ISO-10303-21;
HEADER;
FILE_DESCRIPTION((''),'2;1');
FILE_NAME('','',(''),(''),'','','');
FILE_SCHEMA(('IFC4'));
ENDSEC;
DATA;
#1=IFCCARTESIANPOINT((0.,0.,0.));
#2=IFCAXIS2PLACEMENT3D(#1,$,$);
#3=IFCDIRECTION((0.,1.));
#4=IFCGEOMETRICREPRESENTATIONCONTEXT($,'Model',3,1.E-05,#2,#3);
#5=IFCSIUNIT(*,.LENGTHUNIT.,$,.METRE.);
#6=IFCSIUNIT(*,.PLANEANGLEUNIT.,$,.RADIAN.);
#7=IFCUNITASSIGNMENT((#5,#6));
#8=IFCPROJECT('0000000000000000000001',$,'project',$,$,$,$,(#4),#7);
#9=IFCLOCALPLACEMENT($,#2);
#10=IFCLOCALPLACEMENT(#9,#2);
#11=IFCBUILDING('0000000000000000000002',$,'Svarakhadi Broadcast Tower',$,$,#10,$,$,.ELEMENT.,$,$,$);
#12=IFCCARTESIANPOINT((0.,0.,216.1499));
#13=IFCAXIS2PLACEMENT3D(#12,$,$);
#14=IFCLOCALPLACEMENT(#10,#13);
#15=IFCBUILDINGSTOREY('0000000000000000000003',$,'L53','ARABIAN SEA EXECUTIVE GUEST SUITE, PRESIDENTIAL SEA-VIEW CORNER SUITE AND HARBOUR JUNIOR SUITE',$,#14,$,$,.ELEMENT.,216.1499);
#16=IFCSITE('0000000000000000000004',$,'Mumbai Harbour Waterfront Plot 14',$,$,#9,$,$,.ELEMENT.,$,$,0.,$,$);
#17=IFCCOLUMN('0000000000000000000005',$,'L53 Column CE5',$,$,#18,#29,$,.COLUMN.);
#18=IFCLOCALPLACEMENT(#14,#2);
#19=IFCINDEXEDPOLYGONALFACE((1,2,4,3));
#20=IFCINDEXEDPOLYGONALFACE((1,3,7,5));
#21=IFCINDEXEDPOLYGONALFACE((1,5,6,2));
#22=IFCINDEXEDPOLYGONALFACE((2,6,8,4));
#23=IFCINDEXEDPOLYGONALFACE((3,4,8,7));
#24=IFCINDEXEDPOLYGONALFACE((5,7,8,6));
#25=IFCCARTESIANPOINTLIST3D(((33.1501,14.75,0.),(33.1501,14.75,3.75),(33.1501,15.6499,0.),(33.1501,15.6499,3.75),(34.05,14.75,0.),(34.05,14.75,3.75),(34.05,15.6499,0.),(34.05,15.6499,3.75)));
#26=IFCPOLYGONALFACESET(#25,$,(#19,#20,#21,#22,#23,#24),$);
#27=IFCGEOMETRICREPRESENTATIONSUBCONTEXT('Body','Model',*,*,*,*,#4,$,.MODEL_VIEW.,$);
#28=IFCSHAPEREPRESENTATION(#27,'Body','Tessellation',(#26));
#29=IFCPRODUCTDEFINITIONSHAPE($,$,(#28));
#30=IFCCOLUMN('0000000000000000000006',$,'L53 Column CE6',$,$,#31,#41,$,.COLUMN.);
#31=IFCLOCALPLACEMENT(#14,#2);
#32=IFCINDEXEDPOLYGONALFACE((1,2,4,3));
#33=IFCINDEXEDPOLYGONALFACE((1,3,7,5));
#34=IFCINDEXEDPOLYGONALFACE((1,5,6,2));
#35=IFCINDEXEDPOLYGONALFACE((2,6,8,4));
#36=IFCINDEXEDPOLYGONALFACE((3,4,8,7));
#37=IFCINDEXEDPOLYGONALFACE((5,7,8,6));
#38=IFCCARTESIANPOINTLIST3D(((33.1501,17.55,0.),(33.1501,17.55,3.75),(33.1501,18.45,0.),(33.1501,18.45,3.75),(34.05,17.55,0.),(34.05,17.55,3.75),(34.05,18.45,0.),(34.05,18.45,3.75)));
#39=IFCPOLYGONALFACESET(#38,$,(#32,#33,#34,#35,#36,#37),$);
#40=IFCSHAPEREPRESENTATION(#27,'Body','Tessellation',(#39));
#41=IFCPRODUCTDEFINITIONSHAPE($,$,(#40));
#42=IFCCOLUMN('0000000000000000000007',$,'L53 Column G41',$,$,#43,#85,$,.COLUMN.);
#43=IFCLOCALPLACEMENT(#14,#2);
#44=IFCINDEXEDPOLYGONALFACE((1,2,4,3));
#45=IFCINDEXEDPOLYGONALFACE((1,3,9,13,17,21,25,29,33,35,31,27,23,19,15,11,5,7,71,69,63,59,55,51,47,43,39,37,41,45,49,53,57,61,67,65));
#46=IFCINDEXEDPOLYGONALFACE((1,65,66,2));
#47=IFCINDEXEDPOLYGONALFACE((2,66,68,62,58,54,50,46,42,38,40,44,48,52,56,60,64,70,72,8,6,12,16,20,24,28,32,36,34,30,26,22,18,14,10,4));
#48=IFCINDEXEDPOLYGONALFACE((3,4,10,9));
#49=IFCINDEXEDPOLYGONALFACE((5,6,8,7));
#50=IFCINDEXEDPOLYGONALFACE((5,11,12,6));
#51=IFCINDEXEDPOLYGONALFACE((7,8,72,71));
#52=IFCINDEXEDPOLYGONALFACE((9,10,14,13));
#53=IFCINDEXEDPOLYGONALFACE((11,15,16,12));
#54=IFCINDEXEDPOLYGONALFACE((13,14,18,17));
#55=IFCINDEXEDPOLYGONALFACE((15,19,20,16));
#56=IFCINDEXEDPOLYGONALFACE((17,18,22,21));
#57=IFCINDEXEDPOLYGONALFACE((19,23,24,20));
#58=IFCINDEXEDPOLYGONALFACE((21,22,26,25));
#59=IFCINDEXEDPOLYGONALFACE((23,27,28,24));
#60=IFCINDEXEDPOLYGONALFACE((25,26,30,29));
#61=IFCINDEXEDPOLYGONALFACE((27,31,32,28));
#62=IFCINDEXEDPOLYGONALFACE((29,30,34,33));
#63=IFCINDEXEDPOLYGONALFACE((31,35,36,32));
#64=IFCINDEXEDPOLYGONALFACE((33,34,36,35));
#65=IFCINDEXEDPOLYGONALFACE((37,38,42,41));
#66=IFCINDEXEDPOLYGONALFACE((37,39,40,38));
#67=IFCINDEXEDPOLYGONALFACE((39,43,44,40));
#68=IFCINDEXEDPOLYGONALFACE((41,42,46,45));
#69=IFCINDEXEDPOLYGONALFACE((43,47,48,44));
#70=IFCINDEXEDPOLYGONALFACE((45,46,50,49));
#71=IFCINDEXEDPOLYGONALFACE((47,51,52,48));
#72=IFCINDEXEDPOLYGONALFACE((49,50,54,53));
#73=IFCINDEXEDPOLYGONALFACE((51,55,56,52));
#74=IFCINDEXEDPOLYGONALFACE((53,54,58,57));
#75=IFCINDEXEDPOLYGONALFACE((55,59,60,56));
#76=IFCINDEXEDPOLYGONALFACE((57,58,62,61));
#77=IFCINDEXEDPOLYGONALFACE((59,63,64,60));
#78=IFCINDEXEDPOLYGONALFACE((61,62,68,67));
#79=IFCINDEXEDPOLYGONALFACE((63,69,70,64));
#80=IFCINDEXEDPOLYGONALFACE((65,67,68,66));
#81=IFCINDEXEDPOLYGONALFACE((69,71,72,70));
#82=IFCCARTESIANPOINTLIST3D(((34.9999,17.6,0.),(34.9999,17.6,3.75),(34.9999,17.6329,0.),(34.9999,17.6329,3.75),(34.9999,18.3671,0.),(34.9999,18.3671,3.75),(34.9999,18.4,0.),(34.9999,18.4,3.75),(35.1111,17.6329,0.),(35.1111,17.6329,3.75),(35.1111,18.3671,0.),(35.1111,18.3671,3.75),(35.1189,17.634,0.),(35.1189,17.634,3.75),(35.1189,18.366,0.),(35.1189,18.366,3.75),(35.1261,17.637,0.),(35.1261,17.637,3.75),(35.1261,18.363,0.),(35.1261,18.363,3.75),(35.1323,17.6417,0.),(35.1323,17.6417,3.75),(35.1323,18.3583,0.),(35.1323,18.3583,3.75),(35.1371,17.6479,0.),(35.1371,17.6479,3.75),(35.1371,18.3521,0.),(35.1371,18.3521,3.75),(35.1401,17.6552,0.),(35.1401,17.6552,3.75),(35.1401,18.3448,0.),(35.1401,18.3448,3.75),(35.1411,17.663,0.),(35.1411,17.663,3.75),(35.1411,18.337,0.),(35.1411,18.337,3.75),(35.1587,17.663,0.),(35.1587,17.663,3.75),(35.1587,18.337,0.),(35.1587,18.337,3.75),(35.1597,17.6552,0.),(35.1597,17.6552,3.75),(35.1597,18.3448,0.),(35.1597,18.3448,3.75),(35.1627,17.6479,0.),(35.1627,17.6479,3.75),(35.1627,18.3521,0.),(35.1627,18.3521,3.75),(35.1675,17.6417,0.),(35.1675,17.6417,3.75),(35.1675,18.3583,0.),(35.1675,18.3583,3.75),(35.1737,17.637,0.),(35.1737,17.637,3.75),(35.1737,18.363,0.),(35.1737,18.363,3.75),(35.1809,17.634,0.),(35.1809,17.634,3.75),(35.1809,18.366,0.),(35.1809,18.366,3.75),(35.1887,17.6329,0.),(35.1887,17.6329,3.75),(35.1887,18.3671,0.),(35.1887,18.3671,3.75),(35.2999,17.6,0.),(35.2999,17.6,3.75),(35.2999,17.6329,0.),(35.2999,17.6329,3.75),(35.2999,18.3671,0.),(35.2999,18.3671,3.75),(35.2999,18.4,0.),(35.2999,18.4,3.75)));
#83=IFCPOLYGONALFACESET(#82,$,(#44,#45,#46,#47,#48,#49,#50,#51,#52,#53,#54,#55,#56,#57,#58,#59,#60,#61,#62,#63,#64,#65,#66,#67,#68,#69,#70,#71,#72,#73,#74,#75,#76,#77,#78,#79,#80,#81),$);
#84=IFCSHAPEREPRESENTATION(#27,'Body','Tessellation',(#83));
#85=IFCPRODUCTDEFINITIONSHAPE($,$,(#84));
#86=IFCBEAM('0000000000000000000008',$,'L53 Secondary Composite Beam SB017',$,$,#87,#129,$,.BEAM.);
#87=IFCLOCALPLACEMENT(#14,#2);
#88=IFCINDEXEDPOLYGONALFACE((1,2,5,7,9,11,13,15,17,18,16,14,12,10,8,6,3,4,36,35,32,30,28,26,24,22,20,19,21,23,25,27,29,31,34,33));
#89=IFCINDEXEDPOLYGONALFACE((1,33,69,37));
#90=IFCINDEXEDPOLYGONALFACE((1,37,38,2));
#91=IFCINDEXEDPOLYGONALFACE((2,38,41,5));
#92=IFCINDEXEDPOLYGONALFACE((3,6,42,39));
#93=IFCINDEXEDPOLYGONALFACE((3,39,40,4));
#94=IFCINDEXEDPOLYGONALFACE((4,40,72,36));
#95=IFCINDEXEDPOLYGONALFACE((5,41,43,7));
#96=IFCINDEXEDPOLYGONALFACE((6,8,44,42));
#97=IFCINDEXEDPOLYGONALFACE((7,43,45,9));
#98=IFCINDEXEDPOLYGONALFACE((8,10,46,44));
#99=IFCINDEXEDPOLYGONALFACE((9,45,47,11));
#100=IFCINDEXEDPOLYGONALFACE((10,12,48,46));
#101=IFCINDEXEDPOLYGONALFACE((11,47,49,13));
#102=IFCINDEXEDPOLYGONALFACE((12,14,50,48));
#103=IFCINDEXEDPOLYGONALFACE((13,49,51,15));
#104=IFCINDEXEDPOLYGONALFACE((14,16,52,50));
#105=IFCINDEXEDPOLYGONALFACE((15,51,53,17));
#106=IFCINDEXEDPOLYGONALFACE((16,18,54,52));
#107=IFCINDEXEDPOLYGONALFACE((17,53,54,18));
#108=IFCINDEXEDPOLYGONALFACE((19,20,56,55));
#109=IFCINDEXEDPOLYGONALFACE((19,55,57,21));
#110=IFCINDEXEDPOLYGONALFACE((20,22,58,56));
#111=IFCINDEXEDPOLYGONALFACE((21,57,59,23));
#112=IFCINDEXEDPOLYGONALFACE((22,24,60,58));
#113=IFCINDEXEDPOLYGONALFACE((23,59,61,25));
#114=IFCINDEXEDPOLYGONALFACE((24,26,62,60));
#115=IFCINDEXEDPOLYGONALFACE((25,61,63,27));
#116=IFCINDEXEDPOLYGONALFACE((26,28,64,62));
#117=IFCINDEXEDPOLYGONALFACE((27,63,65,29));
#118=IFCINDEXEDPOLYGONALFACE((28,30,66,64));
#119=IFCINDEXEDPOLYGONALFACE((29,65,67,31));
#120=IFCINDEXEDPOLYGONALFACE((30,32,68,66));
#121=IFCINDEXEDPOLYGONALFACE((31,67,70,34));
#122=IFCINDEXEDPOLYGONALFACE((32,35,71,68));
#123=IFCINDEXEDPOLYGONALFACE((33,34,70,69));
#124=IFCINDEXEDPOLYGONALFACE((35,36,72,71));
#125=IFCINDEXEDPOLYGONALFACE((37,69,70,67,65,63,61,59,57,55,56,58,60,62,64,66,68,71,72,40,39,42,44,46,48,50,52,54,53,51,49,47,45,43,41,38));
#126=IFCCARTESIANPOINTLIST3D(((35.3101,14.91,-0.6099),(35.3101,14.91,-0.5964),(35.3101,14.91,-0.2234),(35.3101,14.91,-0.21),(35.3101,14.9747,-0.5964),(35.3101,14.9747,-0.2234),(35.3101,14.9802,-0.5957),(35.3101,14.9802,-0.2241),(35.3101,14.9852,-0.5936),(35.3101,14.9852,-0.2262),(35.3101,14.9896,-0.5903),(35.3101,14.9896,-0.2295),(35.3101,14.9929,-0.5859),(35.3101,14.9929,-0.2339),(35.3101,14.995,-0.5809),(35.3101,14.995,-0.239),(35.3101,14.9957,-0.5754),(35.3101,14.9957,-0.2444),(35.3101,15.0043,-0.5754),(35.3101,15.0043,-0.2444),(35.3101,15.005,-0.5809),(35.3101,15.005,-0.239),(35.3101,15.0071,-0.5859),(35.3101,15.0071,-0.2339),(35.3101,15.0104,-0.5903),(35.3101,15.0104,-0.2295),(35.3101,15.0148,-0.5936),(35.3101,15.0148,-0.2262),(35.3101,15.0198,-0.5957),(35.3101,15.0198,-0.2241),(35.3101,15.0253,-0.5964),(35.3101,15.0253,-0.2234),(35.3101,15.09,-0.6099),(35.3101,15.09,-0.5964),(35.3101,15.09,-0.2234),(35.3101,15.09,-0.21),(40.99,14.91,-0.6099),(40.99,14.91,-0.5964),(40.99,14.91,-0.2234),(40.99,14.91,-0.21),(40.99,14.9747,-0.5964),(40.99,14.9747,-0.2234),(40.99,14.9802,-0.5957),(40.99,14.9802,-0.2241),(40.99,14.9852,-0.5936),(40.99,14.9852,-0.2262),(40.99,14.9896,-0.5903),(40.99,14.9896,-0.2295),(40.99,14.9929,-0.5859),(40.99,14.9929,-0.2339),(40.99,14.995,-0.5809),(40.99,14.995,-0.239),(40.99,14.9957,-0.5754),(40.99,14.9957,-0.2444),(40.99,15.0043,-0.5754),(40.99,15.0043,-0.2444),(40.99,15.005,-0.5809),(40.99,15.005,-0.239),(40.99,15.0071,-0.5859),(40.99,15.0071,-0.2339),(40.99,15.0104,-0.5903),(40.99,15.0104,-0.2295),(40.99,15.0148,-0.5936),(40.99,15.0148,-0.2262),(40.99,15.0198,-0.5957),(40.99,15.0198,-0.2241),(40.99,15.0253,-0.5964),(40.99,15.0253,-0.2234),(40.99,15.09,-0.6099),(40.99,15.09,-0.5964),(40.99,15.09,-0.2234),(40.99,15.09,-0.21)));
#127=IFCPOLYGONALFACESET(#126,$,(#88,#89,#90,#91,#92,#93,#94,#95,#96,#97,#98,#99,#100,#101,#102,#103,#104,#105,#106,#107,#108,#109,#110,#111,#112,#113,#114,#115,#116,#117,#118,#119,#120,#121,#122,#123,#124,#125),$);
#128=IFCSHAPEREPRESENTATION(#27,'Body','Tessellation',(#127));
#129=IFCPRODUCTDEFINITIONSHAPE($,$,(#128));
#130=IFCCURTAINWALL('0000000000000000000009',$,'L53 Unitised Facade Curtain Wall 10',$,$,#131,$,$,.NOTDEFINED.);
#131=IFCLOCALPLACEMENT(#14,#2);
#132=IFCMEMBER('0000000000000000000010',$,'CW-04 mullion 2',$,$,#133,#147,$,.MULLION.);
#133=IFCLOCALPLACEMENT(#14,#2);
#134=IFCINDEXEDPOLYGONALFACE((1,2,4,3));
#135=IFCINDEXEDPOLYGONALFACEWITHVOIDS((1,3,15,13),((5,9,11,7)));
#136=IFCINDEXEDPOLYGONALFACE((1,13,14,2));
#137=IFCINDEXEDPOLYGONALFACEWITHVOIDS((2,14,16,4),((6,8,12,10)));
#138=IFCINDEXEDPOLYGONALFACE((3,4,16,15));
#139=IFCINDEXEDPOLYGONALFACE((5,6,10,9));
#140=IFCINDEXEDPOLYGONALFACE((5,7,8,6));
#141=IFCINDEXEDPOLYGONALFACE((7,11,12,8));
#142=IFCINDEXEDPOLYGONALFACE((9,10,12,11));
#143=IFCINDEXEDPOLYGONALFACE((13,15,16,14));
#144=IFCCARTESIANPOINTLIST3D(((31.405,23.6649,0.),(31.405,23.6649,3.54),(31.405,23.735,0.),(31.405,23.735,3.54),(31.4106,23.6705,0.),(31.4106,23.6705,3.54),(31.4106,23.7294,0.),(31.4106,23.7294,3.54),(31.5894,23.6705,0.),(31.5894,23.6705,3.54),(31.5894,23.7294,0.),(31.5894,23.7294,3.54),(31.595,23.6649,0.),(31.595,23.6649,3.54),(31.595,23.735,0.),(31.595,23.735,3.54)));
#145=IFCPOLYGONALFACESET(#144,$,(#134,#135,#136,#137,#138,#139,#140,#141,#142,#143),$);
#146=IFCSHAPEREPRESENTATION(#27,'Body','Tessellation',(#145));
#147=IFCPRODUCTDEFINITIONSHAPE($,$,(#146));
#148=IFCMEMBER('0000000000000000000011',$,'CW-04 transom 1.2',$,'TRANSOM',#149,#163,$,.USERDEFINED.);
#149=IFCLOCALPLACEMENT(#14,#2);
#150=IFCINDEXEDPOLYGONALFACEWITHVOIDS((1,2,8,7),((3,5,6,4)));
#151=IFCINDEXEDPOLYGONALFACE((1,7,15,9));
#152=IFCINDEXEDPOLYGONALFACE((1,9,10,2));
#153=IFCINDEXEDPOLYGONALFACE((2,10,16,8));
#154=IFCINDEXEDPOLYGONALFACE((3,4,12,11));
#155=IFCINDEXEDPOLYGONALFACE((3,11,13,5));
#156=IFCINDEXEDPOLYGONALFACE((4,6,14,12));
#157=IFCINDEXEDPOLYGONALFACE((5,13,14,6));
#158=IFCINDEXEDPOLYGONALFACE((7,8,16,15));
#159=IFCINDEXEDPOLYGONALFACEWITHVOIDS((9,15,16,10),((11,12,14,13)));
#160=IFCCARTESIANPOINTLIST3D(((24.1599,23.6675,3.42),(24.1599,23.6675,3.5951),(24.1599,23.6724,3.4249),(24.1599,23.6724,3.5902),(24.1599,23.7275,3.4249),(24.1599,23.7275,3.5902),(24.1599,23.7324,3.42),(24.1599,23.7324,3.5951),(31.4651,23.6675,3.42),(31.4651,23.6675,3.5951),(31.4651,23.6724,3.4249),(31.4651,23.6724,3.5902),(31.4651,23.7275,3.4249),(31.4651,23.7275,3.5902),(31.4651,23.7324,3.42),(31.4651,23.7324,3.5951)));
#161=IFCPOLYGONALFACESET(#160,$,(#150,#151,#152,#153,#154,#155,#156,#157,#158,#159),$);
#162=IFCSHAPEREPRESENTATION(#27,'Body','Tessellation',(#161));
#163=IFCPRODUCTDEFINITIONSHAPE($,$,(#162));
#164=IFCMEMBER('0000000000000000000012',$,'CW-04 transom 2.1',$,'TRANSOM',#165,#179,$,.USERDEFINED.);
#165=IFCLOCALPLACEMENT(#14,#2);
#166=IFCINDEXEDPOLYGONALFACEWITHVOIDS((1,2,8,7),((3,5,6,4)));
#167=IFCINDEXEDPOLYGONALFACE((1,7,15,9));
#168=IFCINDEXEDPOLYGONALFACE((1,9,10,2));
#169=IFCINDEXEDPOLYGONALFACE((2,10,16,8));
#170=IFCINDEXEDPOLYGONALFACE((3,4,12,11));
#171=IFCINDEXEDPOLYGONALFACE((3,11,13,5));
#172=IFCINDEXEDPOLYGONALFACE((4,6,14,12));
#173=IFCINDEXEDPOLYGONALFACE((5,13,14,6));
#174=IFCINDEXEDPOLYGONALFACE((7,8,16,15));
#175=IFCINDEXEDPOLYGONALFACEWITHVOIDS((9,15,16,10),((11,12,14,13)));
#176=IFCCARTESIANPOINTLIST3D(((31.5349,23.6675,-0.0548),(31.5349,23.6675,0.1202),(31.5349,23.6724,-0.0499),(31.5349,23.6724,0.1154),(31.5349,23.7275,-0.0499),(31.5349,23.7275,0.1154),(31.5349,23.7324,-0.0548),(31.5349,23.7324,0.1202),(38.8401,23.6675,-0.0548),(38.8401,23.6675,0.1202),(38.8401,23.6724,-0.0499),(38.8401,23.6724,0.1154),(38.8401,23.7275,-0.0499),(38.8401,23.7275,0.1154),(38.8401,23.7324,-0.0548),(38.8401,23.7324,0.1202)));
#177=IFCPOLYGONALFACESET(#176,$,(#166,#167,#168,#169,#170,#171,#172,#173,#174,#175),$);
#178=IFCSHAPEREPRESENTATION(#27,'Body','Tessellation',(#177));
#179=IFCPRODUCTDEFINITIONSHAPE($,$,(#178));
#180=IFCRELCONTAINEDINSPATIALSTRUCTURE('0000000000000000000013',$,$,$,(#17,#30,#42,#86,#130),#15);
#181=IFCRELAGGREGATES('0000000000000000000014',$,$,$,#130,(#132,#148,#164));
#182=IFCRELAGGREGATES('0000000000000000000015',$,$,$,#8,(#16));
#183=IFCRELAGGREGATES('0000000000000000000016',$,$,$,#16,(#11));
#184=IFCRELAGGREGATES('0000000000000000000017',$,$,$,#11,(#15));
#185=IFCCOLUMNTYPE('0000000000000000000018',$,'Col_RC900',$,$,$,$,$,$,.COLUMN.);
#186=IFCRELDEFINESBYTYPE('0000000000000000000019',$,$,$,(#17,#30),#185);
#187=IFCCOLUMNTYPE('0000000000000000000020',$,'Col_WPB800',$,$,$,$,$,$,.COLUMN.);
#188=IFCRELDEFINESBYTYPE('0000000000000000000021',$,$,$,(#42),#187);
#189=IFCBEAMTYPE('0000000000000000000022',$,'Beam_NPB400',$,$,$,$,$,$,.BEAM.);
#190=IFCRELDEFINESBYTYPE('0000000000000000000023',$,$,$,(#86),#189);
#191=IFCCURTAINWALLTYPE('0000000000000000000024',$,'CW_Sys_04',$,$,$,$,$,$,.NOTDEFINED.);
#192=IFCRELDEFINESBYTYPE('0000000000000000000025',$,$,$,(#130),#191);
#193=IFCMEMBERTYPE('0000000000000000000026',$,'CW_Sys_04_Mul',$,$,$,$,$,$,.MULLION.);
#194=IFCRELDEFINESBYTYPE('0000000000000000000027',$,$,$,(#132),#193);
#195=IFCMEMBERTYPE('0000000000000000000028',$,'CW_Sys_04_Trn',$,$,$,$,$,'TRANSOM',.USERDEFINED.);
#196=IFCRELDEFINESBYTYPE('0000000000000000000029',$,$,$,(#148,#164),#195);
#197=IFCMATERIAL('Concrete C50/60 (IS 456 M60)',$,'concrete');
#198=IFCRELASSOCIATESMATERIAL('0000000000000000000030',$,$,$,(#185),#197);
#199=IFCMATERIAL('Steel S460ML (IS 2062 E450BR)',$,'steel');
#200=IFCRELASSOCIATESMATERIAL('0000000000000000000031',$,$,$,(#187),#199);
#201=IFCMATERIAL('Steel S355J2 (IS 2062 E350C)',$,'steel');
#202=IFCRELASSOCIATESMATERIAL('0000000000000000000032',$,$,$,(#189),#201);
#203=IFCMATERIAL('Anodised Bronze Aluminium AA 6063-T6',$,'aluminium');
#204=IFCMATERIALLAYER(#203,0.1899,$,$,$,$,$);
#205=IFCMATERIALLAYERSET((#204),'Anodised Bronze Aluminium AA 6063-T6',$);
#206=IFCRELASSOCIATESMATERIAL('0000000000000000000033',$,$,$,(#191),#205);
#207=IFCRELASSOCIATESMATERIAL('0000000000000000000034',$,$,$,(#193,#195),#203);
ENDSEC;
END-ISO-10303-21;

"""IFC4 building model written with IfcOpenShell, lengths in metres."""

from ifc_helpers import new_model, si_unit, direction, frame, origin, origin_2d, place, context, subcontext, project, spatial, rectangle, hollow_rectangle, i_section, extrude, material, layer, layer_set, material_profile, profile_set, type_object, element, aggregate, save


model = new_model("IFC4")

# Units and contexts
model_context = context("Model", 3, precision=1e-05, world=origin(), true_north=direction((0.0, 1.0)))
body_context = subcontext(model_context, "Body", "Model", "MODEL_VIEW")
ifc_project = project(units=[si_unit("LENGTHUNIT", "METRE"), si_unit("PLANEANGLEUNIT", "RADIAN")], contexts=[model_context])

# Site, building, storey
site_placement = place(None, origin())
site = spatial("IfcSite", under=ifc_project, at=site_placement, Name="Mumbai Harbour Waterfront Plot 14", CompositionType="ELEMENT", RefElevation=0.0)
building_placement = place(site_placement, origin())
building = spatial("IfcBuilding", under=site, at=building_placement, Name="Svarakhadi Broadcast Tower", CompositionType="ELEMENT")
storey_placement = place(building_placement, frame((0.0, 0.0, 216.1499)))
storey = spatial("IfcBuildingStorey", under=building, at=storey_placement, Name="L53", Description="ARABIAN SEA EXECUTIVE GUEST SUITE, PRESIDENTIAL SEA-VIEW CORNER SUITE AND HARBOUR JUNIOR SUITE", CompositionType="ELEMENT", Elevation=216.1499)

# Columns
ifc_material_1 = material(Name="Concrete C50/60 (IS 456 M60)", Category="concrete")
ifc_material_profile_1 = material_profile(ifc_material_1, rectangle(XDim=0.8999, YDim=0.8999, at=origin_2d()), Name="RC 900x900")
ifc_profile_set_1 = profile_set([ifc_material_profile_1], Name="Concrete C50/60 (IS 456 M60)")
column_type_1 = type_object("IfcColumnType", Name="Col_RC900", PredefinedType="COLUMN", material=ifc_profile_set_1)
for number, where, z_axis, x_axis, name in (
    (1, (33.6001, 15.2, 0.0), (0.0, 0.0, 1.0), (1.0, 0.0, 0.0), "L53 Column CE5"),
    (2, (33.6001, 18.0, 0.0), (0.0, 0.0, 1.0), (1.0, 0.0, 0.0), "L53 Column CE6"),
):
    element("IfcColumn", number, at=place(storey_placement, frame(where, z_axis=z_axis, x_axis=x_axis)), inside=storey, type_object=column_type_1, Name=name, PredefinedType="COLUMN", context=body_context, shape_type="SweptSolid", body=[
        extrude(rectangle(XDim=0.8999, YDim=0.8999, at=origin_2d()), origin(), (0.0, 0.0, 1.0), 3.75),
    ])
ifc_material_2 = material(Name="Steel S460ML (IS 2062 E450BR)", Category="steel")
ifc_material_profile_2 = material_profile(ifc_material_2, i_section(OverallWidth=0.3, OverallDepth=0.8, WebThickness=0.0176, FlangeThickness=0.033, FilletRadius=0.03, at=origin_2d()), Name="WPB 800x300x262")
ifc_profile_set_2 = profile_set([ifc_material_profile_2], Name="Steel S460ML (IS 2062 E450BR)")
column_type_2 = type_object("IfcColumnType", Name="Col_WPB800", PredefinedType="COLUMN", material=ifc_profile_set_2)
column_placement = place(storey_placement, frame((35.1499, 18.0, 0.0), z_axis=(0.0, 0.0, 1.0), x_axis=(1.0, 0.0, 0.0)))
element("IfcColumn", 3, at=column_placement, inside=storey, type_object=column_type_2, Name="L53 Column G41", PredefinedType="COLUMN", context=body_context, shape_type="SweptSolid", body=[
    extrude(i_section(OverallWidth=0.3, OverallDepth=0.8, WebThickness=0.0176, FlangeThickness=0.033, FilletRadius=0.03, at=origin_2d()), origin(), (0.0, 0.0, 1.0), 3.75),
])

# Beam
ifc_material_3 = material(Name="Steel S355J2 (IS 2062 E350C)", Category="steel")
ifc_material_profile_3 = material_profile(ifc_material_3, i_section(OverallWidth=0.1799, OverallDepth=0.3999, WebThickness=0.0085, FlangeThickness=0.0134, FilletRadius=0.021, at=origin_2d()), Name="NPB 400x180x66")
ifc_profile_set_3 = profile_set([ifc_material_profile_3], Name="Steel S355J2 (IS 2062 E350C)")
beam_type_1 = type_object("IfcBeamType", Name="Beam_NPB400", PredefinedType="BEAM", material=ifc_profile_set_3)
beam_1_placement = place(storey_placement, frame((35.3101, 15.0, -0.4099), z_axis=(1.0, 0.0, 0.0), x_axis=(0.0, 1.0, 0.0)))
element("IfcBeam", 4, at=beam_1_placement, inside=storey, type_object=beam_type_1, Name="L53 Secondary Composite Beam SB017", PredefinedType="BEAM", context=body_context, shape_type="SweptSolid", body=[
    extrude(i_section(OverallWidth=0.1799, OverallDepth=0.3999, WebThickness=0.0085, FlangeThickness=0.0134, FilletRadius=0.021, at=origin_2d()), origin(), (0.0, 0.0, 1.0), 5.6799),
])

# Curtain wall, members
ifc_material_4 = material(Name="Anodised Bronze Aluminium AA 6063-T6", Category="aluminium")
ifc_layer_1 = layer(ifc_material_4, 0.1899)
ifc_layer_set_1 = layer_set([ifc_layer_1], Name="Anodised Bronze Aluminium AA 6063-T6")
curtain_wall_type = type_object("IfcCurtainWallType", Name="CW_Sys_04", PredefinedType="NOTDEFINED", material=ifc_layer_set_1)
curtain_wall_placement = place(storey_placement, origin())
curtain_wall = element("IfcCurtainWall", 5, at=curtain_wall_placement, inside=storey, type_object=curtain_wall_type, Name="L53 Unitised Facade Curtain Wall 10", PredefinedType="NOTDEFINED")
ifc_material_profile_4 = material_profile(ifc_material_4, hollow_rectangle(XDim=0.0701, YDim=0.1899, WallThickness=0.0056, at=origin_2d()), Name="ALU MULLION 190x70x6")
ifc_profile_set_4 = profile_set([ifc_material_profile_4], Name="Anodised Bronze Aluminium AA 6063-T6")
member_type_1 = type_object("IfcMemberType", Name="CW_Sys_04_Mul", PredefinedType="MULLION", material=ifc_profile_set_4)
member_1_placement = place(storey_placement, frame((31.5, 23.7, 0.0), z_axis=(0.0, 0.0, 1.0), x_axis=(0.0, 1.0, 0.0)))
member_1 = element("IfcMember", 6, at=member_1_placement, type_object=member_type_1, Name="CW-04 mullion 2", PredefinedType="MULLION", context=body_context, shape_type="SweptSolid", body=[
    extrude(hollow_rectangle(XDim=0.0701, YDim=0.1899, WallThickness=0.0056, at=origin_2d()), origin(), (0.0, 0.0, 1.0), 3.54),
])
ifc_material_profile_5 = material_profile(ifc_material_4, hollow_rectangle(XDim=0.0649, YDim=0.175, WallThickness=0.0049, at=origin_2d()), Name="ALU TRANSOM 175x65x5")
ifc_profile_set_5 = profile_set([ifc_material_profile_5], Name="Anodised Bronze Aluminium AA 6063-T6")
member_type_2 = type_object("IfcMemberType", Name="CW_Sys_04_Trn", ElementType="TRANSOM", PredefinedType="USERDEFINED", material=ifc_profile_set_5)
member_2_placement = place(storey_placement, frame((24.1599, 23.7, 3.5076), z_axis=(1.0, 0.0, 0.0), x_axis=(0.0, 1.0, 0.0)))
member_2 = element("IfcMember", 7, at=member_2_placement, type_object=member_type_2, Name="CW-04 transom 1.2", ObjectType="TRANSOM", PredefinedType="USERDEFINED", context=body_context, shape_type="SweptSolid", body=[
    extrude(hollow_rectangle(XDim=0.0649, YDim=0.175, WallThickness=0.0049, at=origin_2d()), origin(), (0.0, 0.0, 1.0), 7.3052),
])
member_3_placement = place(storey_placement, frame((31.5349, 23.7, 0.0327), z_axis=(1.0, 0.0, 0.0), x_axis=(0.0, 1.0, 0.0)))
member_3 = element("IfcMember", 8, at=member_3_placement, type_object=member_type_2, Name="CW-04 transom 2.1", ObjectType="TRANSOM", PredefinedType="USERDEFINED", context=body_context, shape_type="SweptSolid", body=[
    extrude(hollow_rectangle(XDim=0.0649, YDim=0.175, WallThickness=0.0049, at=origin_2d()), origin(), (0.0, 0.0, 1.0), 7.3052),
])

aggregate(curtain_wall, [member_1, member_2, member_3])

save(model, "model.ifc")
